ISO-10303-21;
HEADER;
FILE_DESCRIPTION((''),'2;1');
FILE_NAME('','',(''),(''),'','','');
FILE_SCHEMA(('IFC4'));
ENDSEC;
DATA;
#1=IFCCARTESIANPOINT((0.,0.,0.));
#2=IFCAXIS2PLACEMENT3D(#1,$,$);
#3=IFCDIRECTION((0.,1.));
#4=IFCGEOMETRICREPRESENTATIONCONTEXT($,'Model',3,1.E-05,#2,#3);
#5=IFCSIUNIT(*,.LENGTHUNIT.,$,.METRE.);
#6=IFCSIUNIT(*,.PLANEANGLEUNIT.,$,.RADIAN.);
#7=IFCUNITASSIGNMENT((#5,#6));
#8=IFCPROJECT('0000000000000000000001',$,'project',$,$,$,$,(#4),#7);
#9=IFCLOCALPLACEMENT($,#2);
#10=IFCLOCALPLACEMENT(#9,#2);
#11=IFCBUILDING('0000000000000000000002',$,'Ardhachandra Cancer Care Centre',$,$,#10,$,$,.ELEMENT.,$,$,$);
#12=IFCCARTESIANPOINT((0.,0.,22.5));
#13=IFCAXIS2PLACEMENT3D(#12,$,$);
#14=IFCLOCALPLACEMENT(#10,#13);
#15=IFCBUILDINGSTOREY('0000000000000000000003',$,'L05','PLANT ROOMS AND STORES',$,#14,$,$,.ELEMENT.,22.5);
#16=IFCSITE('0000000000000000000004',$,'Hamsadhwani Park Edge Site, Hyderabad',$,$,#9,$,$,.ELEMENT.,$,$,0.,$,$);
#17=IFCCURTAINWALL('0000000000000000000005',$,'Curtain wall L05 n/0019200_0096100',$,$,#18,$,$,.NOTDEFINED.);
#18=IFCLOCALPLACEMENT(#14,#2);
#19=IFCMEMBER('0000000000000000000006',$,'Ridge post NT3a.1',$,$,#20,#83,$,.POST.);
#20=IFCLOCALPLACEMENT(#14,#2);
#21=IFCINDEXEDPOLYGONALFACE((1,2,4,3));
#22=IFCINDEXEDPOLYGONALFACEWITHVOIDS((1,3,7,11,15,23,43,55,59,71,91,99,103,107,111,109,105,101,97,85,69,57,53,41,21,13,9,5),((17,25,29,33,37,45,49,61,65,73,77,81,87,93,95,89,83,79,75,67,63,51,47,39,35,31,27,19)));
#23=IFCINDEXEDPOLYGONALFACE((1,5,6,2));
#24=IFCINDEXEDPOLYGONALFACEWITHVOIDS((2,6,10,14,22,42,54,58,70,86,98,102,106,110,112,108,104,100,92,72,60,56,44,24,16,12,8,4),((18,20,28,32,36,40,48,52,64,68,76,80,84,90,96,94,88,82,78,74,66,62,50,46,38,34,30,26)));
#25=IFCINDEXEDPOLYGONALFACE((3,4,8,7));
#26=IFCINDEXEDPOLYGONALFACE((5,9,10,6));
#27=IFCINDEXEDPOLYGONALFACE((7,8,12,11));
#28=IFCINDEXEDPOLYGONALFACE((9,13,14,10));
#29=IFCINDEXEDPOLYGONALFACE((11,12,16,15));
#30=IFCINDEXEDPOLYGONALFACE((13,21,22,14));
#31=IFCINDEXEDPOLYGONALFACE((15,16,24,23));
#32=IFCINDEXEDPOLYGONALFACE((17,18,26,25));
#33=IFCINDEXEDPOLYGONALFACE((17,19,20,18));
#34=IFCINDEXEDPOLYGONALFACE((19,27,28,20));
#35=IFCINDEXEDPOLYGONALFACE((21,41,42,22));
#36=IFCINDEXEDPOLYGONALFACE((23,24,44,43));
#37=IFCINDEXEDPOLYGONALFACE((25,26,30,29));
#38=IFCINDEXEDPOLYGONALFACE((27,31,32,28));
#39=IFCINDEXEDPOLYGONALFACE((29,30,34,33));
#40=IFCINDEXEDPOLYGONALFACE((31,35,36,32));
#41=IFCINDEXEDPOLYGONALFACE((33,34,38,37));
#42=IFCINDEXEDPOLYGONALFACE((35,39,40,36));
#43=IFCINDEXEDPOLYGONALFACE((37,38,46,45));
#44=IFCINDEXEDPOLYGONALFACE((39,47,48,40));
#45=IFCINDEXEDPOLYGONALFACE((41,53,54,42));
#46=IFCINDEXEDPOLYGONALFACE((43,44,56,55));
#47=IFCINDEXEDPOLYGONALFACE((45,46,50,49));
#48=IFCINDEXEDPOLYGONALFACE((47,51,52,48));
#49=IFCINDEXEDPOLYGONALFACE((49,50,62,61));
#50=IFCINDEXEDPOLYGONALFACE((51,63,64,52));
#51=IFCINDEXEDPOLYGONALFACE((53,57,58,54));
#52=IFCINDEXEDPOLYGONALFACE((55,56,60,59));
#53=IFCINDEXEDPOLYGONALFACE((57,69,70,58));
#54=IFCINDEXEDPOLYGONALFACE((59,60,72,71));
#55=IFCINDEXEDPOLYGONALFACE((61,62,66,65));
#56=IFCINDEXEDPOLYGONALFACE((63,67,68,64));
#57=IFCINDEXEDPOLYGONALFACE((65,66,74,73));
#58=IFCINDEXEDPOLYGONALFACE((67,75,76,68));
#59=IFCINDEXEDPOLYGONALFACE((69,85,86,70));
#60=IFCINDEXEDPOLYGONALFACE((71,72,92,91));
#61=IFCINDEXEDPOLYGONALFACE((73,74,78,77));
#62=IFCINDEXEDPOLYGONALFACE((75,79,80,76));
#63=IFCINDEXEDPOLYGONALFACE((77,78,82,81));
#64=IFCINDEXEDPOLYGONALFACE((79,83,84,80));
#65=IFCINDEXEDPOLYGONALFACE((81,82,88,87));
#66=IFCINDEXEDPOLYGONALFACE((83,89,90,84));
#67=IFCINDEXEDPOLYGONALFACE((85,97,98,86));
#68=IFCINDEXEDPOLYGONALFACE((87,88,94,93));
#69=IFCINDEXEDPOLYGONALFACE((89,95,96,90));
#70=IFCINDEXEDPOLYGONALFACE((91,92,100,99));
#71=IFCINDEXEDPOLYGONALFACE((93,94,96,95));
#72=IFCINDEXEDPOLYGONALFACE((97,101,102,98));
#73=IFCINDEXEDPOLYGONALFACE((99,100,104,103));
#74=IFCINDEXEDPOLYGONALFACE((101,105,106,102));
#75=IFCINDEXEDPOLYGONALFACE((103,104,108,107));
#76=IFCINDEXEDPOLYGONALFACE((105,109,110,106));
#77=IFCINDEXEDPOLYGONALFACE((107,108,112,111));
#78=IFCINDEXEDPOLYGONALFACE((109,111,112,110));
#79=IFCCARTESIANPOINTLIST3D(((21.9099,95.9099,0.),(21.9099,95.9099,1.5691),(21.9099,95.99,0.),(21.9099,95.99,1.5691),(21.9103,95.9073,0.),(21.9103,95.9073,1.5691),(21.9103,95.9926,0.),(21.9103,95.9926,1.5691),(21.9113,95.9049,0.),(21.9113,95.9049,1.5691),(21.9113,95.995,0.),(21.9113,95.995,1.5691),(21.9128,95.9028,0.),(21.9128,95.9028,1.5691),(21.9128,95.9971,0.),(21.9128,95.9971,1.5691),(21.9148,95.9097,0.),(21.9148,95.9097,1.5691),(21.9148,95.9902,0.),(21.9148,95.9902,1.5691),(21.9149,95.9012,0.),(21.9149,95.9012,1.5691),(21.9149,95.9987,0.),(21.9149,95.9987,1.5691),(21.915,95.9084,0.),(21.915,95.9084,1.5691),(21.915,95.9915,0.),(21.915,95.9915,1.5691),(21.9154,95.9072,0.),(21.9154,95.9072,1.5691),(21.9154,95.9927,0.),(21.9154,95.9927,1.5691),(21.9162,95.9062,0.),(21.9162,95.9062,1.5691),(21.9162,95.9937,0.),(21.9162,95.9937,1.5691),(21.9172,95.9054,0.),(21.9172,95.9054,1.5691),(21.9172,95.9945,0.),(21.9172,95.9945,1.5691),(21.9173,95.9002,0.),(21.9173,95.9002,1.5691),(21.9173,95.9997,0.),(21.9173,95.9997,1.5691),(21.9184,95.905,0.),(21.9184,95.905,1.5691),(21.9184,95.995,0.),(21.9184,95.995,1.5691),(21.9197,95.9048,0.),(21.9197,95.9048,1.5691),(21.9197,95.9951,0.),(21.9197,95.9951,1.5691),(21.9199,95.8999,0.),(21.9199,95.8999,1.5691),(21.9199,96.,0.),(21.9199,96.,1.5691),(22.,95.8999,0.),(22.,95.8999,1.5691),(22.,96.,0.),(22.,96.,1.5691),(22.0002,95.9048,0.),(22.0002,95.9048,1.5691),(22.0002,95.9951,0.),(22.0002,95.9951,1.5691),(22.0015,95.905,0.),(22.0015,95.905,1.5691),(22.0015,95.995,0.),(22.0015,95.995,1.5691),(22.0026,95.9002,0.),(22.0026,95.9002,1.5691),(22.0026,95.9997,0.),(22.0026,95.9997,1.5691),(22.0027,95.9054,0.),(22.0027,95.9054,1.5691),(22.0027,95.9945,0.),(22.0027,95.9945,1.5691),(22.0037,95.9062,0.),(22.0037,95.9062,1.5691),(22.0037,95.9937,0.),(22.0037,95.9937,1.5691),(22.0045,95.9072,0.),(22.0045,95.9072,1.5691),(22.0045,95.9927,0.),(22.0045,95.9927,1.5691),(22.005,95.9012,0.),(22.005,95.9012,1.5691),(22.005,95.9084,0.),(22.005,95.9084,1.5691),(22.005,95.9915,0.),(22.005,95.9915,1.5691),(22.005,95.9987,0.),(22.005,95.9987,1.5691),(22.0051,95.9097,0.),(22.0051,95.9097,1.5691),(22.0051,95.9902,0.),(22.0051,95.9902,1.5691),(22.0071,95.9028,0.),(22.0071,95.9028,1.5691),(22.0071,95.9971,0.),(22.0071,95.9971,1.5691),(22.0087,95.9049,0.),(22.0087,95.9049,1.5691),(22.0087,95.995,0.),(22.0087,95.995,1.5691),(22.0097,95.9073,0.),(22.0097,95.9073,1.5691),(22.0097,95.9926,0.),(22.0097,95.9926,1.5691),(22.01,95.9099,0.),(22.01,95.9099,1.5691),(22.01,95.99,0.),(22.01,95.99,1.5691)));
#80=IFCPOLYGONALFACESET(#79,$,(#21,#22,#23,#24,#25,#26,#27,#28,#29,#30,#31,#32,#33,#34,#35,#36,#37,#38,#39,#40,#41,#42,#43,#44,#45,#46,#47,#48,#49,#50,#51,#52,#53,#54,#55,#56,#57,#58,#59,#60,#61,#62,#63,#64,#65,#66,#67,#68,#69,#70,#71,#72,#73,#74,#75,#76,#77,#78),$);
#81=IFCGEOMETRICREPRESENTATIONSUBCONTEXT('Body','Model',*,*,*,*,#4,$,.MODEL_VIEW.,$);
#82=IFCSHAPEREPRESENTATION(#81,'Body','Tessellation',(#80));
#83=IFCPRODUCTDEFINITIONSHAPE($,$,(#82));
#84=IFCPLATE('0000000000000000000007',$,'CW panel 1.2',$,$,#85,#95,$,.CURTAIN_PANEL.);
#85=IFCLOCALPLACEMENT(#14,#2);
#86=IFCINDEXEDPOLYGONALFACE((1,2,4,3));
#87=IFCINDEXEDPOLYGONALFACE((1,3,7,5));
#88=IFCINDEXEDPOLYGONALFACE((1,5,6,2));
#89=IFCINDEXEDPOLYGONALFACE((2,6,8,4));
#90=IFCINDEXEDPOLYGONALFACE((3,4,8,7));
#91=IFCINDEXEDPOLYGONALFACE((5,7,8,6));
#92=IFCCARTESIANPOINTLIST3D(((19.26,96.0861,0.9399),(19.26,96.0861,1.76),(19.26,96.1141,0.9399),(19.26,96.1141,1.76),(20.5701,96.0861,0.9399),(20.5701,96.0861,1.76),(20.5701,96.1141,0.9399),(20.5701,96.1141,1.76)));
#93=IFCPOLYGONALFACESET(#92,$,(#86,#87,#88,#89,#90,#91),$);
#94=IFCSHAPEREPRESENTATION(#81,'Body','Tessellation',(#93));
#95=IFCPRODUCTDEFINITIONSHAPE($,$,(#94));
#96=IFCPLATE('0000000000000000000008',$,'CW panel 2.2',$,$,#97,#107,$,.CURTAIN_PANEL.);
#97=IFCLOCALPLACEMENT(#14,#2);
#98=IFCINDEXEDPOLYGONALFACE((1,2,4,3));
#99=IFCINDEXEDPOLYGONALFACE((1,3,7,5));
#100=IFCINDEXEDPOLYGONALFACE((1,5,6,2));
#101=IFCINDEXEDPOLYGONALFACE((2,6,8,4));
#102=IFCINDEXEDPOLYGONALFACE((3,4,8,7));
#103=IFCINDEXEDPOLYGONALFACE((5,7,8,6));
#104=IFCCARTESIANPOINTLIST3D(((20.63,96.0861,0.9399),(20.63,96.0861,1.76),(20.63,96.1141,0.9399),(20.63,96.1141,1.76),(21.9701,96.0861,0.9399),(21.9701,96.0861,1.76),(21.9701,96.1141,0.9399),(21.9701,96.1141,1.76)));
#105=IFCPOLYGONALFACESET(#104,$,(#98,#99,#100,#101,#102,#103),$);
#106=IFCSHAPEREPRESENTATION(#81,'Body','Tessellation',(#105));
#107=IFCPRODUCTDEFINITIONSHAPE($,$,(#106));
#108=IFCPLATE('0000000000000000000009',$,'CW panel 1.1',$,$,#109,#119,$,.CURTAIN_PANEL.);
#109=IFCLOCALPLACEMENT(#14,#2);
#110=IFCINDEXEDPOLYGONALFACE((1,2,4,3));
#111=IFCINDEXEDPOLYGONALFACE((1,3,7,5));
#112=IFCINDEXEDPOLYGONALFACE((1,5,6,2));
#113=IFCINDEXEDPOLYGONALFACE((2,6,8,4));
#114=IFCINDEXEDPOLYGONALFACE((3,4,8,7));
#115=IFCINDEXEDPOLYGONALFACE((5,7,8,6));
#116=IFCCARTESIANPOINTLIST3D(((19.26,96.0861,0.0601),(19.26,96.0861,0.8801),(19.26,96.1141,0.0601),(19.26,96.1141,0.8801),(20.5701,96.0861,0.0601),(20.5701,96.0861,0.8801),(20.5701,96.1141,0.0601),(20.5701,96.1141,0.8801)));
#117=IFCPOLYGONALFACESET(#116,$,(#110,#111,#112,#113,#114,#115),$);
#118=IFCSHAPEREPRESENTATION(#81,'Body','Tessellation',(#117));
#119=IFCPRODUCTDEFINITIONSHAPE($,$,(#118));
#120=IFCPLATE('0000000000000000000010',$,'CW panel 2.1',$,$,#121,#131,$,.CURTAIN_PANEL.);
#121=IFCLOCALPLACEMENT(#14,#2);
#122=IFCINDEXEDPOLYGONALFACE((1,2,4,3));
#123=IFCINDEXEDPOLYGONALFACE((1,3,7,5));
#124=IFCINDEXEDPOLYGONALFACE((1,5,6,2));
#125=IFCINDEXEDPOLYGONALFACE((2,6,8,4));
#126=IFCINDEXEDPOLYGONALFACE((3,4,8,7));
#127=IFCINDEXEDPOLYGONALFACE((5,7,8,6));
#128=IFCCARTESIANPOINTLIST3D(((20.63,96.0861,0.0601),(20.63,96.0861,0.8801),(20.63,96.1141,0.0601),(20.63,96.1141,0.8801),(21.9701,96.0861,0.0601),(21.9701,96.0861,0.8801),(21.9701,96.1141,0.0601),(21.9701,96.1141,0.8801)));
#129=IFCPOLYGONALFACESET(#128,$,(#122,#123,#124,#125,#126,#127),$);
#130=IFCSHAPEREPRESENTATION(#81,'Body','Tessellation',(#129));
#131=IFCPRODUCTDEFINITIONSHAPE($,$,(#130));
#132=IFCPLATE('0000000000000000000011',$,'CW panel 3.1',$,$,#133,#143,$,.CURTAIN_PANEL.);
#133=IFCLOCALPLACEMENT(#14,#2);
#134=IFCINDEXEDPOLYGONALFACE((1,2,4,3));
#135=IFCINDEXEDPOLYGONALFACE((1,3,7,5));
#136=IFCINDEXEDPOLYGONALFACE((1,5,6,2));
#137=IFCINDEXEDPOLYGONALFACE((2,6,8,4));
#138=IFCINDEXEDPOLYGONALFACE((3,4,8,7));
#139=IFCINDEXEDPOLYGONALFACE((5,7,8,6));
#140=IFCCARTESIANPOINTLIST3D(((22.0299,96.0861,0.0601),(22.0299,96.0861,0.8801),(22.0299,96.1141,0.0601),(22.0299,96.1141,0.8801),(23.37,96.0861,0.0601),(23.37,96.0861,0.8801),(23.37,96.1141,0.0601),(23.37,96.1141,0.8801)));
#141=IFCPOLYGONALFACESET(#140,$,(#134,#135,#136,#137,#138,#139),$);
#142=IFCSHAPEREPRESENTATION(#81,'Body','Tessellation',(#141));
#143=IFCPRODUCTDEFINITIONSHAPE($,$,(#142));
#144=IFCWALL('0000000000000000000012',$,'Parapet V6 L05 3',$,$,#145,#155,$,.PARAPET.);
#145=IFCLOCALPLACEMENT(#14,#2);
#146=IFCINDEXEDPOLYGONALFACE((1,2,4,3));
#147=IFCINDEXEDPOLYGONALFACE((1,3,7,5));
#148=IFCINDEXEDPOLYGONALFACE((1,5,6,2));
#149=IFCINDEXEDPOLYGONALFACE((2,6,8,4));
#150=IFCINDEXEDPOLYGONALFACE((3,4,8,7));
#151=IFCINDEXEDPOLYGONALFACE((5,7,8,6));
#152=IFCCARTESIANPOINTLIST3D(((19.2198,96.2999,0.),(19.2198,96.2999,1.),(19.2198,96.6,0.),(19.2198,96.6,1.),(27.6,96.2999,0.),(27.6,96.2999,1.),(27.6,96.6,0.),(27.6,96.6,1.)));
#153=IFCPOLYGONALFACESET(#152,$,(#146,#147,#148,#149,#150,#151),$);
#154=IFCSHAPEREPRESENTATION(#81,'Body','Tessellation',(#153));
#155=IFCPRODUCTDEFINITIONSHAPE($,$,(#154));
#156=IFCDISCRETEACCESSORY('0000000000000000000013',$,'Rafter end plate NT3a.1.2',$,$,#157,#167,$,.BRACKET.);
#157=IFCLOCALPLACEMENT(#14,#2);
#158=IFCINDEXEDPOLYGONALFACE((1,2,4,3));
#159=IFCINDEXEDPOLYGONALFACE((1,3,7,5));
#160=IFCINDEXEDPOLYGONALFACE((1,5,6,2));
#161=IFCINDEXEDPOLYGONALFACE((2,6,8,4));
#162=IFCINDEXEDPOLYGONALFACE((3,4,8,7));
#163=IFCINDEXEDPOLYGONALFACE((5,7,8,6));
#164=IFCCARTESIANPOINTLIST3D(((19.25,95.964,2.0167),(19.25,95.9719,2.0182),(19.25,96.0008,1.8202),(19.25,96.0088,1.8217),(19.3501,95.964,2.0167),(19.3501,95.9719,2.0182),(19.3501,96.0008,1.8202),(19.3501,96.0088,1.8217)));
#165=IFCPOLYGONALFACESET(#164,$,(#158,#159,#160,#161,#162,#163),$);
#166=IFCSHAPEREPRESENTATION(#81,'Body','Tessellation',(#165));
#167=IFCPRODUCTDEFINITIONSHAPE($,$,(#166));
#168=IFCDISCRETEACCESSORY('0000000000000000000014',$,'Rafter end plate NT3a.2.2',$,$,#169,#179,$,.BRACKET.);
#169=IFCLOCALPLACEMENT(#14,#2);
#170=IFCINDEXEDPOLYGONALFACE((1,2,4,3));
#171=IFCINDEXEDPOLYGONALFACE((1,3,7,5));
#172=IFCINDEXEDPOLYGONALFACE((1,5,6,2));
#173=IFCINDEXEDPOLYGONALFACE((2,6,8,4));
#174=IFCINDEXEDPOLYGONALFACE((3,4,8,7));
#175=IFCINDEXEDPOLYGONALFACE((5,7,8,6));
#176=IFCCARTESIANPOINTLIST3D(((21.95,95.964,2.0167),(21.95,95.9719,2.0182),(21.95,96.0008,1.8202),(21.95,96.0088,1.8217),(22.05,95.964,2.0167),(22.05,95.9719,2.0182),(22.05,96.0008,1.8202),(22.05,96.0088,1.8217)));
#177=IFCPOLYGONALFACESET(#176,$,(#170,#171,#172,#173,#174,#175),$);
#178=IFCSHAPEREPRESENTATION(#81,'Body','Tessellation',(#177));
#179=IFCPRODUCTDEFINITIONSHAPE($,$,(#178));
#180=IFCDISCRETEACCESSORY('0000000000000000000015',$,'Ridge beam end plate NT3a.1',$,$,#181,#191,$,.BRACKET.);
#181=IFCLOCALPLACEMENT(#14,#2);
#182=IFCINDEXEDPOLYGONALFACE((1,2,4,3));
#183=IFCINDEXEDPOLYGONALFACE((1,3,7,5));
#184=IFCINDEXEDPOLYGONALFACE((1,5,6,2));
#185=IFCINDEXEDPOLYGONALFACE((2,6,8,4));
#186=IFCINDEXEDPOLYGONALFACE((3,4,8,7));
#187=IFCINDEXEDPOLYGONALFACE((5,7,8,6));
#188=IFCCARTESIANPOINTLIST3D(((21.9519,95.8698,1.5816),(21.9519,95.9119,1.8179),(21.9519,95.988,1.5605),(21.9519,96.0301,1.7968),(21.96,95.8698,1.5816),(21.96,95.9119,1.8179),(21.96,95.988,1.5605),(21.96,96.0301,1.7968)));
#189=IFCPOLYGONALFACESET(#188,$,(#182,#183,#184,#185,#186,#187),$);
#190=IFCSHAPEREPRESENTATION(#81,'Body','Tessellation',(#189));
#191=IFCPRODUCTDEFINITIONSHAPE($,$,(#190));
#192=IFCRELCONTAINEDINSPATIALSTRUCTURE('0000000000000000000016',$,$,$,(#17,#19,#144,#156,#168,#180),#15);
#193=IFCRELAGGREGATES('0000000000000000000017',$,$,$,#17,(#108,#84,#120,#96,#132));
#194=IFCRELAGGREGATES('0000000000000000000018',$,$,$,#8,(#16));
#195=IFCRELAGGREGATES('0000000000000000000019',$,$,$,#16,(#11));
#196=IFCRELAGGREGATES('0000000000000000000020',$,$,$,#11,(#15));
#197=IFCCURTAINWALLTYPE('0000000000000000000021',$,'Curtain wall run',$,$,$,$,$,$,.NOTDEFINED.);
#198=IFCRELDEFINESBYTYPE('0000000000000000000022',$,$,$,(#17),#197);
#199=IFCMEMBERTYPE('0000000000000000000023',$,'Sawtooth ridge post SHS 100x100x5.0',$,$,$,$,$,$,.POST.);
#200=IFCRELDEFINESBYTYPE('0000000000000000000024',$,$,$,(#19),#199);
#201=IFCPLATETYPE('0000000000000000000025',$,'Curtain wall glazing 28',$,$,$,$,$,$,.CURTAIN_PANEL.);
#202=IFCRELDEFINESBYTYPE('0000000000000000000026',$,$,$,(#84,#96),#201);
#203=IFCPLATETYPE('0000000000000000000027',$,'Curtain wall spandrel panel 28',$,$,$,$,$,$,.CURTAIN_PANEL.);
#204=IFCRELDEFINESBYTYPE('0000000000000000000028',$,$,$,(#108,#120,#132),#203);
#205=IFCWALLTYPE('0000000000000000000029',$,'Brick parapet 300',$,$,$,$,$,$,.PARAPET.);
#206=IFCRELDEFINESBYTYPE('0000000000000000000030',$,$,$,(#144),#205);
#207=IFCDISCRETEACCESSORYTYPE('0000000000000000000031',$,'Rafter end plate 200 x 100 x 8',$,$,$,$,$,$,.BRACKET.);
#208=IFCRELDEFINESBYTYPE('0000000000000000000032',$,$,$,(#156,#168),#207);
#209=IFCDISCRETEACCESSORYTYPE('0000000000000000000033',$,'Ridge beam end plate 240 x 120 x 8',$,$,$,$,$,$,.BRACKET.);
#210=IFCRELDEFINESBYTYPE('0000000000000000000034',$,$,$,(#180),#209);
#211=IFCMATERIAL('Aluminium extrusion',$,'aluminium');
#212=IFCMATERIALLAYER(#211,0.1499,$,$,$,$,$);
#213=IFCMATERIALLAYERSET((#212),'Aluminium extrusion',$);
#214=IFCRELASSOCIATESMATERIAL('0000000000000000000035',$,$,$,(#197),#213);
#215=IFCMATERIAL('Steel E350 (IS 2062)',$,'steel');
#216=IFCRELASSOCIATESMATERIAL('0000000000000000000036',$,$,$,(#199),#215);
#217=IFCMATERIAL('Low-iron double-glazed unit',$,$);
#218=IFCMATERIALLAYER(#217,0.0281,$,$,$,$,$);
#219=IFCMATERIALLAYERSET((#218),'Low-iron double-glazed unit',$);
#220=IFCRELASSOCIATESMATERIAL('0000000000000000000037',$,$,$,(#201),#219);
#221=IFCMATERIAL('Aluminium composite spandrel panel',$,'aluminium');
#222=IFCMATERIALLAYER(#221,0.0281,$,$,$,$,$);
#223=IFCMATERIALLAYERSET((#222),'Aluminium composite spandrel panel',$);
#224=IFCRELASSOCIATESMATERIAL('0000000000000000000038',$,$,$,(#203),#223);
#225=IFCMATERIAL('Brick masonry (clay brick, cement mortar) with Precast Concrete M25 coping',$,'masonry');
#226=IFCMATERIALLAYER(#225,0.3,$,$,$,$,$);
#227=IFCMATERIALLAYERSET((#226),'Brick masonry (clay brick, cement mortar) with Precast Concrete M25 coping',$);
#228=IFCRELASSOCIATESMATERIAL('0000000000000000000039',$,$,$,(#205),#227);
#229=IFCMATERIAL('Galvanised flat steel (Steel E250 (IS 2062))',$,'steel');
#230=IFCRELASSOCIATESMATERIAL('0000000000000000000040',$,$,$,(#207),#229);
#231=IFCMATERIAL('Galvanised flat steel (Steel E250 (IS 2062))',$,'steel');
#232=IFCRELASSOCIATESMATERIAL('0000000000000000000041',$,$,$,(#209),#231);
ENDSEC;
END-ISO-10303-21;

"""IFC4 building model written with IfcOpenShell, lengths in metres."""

from ifc_helpers import new_model, si_unit, direction, frame, frame_2d, origin, origin_2d, place, context, subcontext, project, spatial, rectangle, hollow_rectangle, extrude, material, layer, layer_set, material_profile, profile_set, type_object, element, aggregate, save


model = new_model("IFC4")

# Units and contexts
model_context = context("Model", 3, precision=1e-05, world=origin(), true_north=direction((0.0, 1.0)))
body_context = subcontext(model_context, "Body", "Model", "MODEL_VIEW")
ifc_project = project(units=[si_unit("LENGTHUNIT", "METRE"), si_unit("PLANEANGLEUNIT", "RADIAN")], contexts=[model_context])

# Site, building, storey
site_placement = place(None, origin())
site = spatial("IfcSite", under=ifc_project, at=site_placement, Name="Hamsadhwani Park Edge Site, Hyderabad", CompositionType="ELEMENT", RefElevation=0.0)
building_placement = place(site_placement, origin())
building = spatial("IfcBuilding", under=site, at=building_placement, Name="Ardhachandra Cancer Care Centre", CompositionType="ELEMENT")
storey_placement = place(building_placement, frame((0.0, 0.0, 22.5)))
storey = spatial("IfcBuildingStorey", under=building, at=storey_placement, Name="L05", Description="PLANT ROOMS AND STORES", CompositionType="ELEMENT", Elevation=22.5)

# Curtain wall
ifc_material_1 = material(Name="Aluminium extrusion", Category="aluminium")
ifc_layer_1 = layer(ifc_material_1, 0.1499)
ifc_layer_set_1 = layer_set([ifc_layer_1], Name="Aluminium extrusion")
curtain_wall_type = type_object("IfcCurtainWallType", Name="Curtain wall run", PredefinedType="NOTDEFINED", material=ifc_layer_set_1)
curtain_wall_placement = place(storey_placement, origin())
curtain_wall = element("IfcCurtainWall", 1, at=curtain_wall_placement, inside=storey, type_object=curtain_wall_type, Name="Curtain wall L05 n/0019200_0096100", PredefinedType="NOTDEFINED")

# Member
ifc_material_2 = material(Name="Steel E350 (IS 2062)", Category="steel")
ifc_material_profile_1 = material_profile(ifc_material_2, hollow_rectangle(XDim=0.1001, YDim=0.1001, WallThickness=0.0049, InnerFilletRadius=0.0049, OuterFilletRadius=0.01, at=origin_2d()), Name="SHS 100x100x5.0")
ifc_profile_set_1 = profile_set([ifc_material_profile_1], Name="Steel E350 (IS 2062)")
member_type_1 = type_object("IfcMemberType", Name="Sawtooth ridge post SHS 100x100x5.0", PredefinedType="POST", material=ifc_profile_set_1)
member_1_placement = place(storey_placement, frame((21.96, 95.95, 0.0), z_axis=(0.0, 0.0, 1.0), x_axis=(1.0, 0.0, 0.0)))
element("IfcMember", 2, at=member_1_placement, inside=storey, type_object=member_type_1, Name="Ridge post NT3a.1", PredefinedType="POST", context=body_context, shape_type="SweptSolid", body=[
    extrude(hollow_rectangle(XDim=0.1001, YDim=0.1001, WallThickness=0.0049, InnerFilletRadius=0.0049, OuterFilletRadius=0.01, at=origin_2d()), origin(), (0.0, 0.0, 1.0), 1.5691),
])

# Plates
ifc_material_3 = material(Name="Low-iron double-glazed unit")
ifc_layer_2 = layer(ifc_material_3, 0.0281)
ifc_layer_set_2 = layer_set([ifc_layer_2], Name="Low-iron double-glazed unit")
plate_type_1 = type_object("IfcPlateType", Name="Curtain wall glazing 28", PredefinedType="CURTAIN_PANEL", material=ifc_layer_set_2)
plate_1_placement = place(storey_placement, frame((19.915, 96.1001, 0.9399), z_axis=(0.0, 0.0, 1.0), x_axis=(1.0, 0.0, 0.0)))
plate_1 = element("IfcPlate", 3, at=plate_1_placement, type_object=plate_type_1, Name="CW panel 1.2", PredefinedType="CURTAIN_PANEL", context=body_context, shape_type="SweptSolid", body=[
    extrude(rectangle(XDim=1.3101, YDim=0.0281, at=origin_2d()), origin(), (0.0, 0.0, 1.0), 0.8201),
])
plate_2_placement = place(storey_placement, frame((21.3, 96.1001, 0.9399), z_axis=(0.0, 0.0, 1.0), x_axis=(1.0, 0.0, 0.0)))
plate_2 = element("IfcPlate", 4, at=plate_2_placement, type_object=plate_type_1, Name="CW panel 2.2", PredefinedType="CURTAIN_PANEL", context=body_context, shape_type="SweptSolid", body=[
    extrude(rectangle(XDim=1.3401, YDim=0.0281, at=origin_2d()), origin(), (0.0, 0.0, 1.0), 0.8201),
])
ifc_material_4 = material(Name="Aluminium composite spandrel panel", Category="aluminium")
ifc_layer_3 = layer(ifc_material_4, 0.0281)
ifc_layer_set_3 = layer_set([ifc_layer_3], Name="Aluminium composite spandrel panel")
plate_type_2 = type_object("IfcPlateType", Name="Curtain wall spandrel panel 28", PredefinedType="CURTAIN_PANEL", material=ifc_layer_set_3)
plate_3_placement = place(storey_placement, frame((19.915, 96.1001, 0.0601), z_axis=(0.0, 0.0, 1.0), x_axis=(1.0, 0.0, 0.0)))
plate_3 = element("IfcPlate", 5, at=plate_3_placement, type_object=plate_type_2, Name="CW panel 1.1", PredefinedType="CURTAIN_PANEL", context=body_context, shape_type="SweptSolid", body=[
    extrude(rectangle(XDim=1.3101, YDim=0.0281, at=origin_2d()), origin(), (0.0, 0.0, 1.0), 0.8201),
])
plate_4_placement = place(storey_placement, frame((21.3, 96.1001, 0.0601), z_axis=(0.0, 0.0, 1.0), x_axis=(1.0, 0.0, 0.0)))
plate_4 = element("IfcPlate", 6, at=plate_4_placement, type_object=plate_type_2, Name="CW panel 2.1", PredefinedType="CURTAIN_PANEL", context=body_context, shape_type="SweptSolid", body=[
    extrude(rectangle(XDim=1.3401, YDim=0.0281, at=origin_2d()), origin(), (0.0, 0.0, 1.0), 0.8201),
])
plate_5_placement = place(storey_placement, frame((22.7, 96.1001, 0.0601), z_axis=(0.0, 0.0, 1.0), x_axis=(1.0, 0.0, 0.0)))
plate_5 = element("IfcPlate", 7, at=plate_5_placement, type_object=plate_type_2, Name="CW panel 3.1", PredefinedType="CURTAIN_PANEL", context=body_context, shape_type="SweptSolid", body=[
    extrude(rectangle(XDim=1.3401, YDim=0.0281, at=origin_2d()), origin(), (0.0, 0.0, 1.0), 0.8201),
])
aggregate(curtain_wall, [plate_3, plate_1, plate_4, plate_2, plate_5])

# Wall
ifc_material_5 = material(Name="Brick masonry (clay brick, cement mortar) with Precast Concrete M25 coping", Category="masonry")
ifc_layer_4 = layer(ifc_material_5, 0.3)
ifc_layer_set_4 = layer_set([ifc_layer_4], Name="Brick masonry (clay brick, cement mortar) with Precast Concrete M25 coping")
wall_type = type_object("IfcWallType", Name="Brick parapet 300", PredefinedType="PARAPET", material=ifc_layer_set_4)
wall_placement = place(storey_placement, frame((19.22, 96.45, 0.0), z_axis=(0.0, 0.0, 1.0), x_axis=(1.0, 0.0, 0.0)))
element("IfcWall", 8, at=wall_placement, inside=storey, type_object=wall_type, Name="Parapet V6 L05 3", PredefinedType="PARAPET", context=body_context, shape_type="SweptSolid", body=[
    extrude(rectangle(XDim=8.3801, YDim=0.3, at=frame_2d((4.1899, 0.0))), origin(), (0.0, 0.0, 1.0), 1.0),
])

# Discrete accessories
ifc_material_6 = material(Name="Galvanised flat steel (Steel E250 (IS 2062))", Category="steel")
ifc_material_profile_2 = material_profile(ifc_material_6, rectangle(XDim=0.1001, YDim=0.2, at=origin_2d()), Name="Rafter end plate 200 x 100 x 8")
ifc_profile_set_2 = profile_set([ifc_material_profile_2], Name="Galvanised flat steel (Steel E250 (IS 2062))")
discrete_accessory_type_1 = type_object("IfcDiscreteAccessoryType", Name="Rafter end plate 200 x 100 x 8", PredefinedType="BRACKET", material=ifc_profile_set_2)
for number, where, z_axis, x_axis, name in (
    (9, (19.3, 95.9824, 1.9185), (0.0, 0.982872, 0.184289), (-1.0, 0.0, 0.0), "Rafter end plate NT3a.1.2"),
    (10, (22.0, 95.9824, 1.9185), (0.0, 0.982872, 0.184289), (-1.0, 0.0, 0.0), "Rafter end plate NT3a.2.2"),
):
    element("IfcDiscreteAccessory", number, at=place(storey_placement, frame(where, z_axis=z_axis, x_axis=x_axis)), inside=storey, type_object=discrete_accessory_type_1, Name=name, PredefinedType="BRACKET", context=body_context, shape_type="SweptSolid", body=[
        extrude(rectangle(XDim=0.1001, YDim=0.2, at=origin_2d()), origin(), (0.0, 0.0, 1.0), 0.0081),
    ])
ifc_material_7 = material(Name="Galvanised flat steel (Steel E250 (IS 2062))", Category="steel")
ifc_material_profile_3 = material_profile(ifc_material_7, rectangle(XDim=0.1201, YDim=0.24, at=origin_2d()), Name="Ridge beam end plate 240 x 120 x 8")
ifc_profile_set_3 = profile_set([ifc_material_profile_3], Name="Galvanised flat steel (Steel E250 (IS 2062))")
discrete_accessory_type_2 = type_object("IfcDiscreteAccessoryType", Name="Ridge beam end plate 240 x 120 x 8", PredefinedType="BRACKET", material=ifc_profile_set_3)
discrete_accessory_1_placement = place(storey_placement, frame((21.96, 95.95, 1.6892), z_axis=(-1.0, 0.0, 0.0), x_axis=(0.0, -0.98446, 0.175606)))
element("IfcDiscreteAccessory", 11, at=discrete_accessory_1_placement, inside=storey, type_object=discrete_accessory_type_2, Name="Ridge beam end plate NT3a.1", PredefinedType="BRACKET", context=body_context, shape_type="SweptSolid", body=[
    extrude(rectangle(XDim=0.1201, YDim=0.24, at=origin_2d()), origin(), (0.0, 0.0, 1.0), 0.0081),
])

save(model, "model.ifc")
